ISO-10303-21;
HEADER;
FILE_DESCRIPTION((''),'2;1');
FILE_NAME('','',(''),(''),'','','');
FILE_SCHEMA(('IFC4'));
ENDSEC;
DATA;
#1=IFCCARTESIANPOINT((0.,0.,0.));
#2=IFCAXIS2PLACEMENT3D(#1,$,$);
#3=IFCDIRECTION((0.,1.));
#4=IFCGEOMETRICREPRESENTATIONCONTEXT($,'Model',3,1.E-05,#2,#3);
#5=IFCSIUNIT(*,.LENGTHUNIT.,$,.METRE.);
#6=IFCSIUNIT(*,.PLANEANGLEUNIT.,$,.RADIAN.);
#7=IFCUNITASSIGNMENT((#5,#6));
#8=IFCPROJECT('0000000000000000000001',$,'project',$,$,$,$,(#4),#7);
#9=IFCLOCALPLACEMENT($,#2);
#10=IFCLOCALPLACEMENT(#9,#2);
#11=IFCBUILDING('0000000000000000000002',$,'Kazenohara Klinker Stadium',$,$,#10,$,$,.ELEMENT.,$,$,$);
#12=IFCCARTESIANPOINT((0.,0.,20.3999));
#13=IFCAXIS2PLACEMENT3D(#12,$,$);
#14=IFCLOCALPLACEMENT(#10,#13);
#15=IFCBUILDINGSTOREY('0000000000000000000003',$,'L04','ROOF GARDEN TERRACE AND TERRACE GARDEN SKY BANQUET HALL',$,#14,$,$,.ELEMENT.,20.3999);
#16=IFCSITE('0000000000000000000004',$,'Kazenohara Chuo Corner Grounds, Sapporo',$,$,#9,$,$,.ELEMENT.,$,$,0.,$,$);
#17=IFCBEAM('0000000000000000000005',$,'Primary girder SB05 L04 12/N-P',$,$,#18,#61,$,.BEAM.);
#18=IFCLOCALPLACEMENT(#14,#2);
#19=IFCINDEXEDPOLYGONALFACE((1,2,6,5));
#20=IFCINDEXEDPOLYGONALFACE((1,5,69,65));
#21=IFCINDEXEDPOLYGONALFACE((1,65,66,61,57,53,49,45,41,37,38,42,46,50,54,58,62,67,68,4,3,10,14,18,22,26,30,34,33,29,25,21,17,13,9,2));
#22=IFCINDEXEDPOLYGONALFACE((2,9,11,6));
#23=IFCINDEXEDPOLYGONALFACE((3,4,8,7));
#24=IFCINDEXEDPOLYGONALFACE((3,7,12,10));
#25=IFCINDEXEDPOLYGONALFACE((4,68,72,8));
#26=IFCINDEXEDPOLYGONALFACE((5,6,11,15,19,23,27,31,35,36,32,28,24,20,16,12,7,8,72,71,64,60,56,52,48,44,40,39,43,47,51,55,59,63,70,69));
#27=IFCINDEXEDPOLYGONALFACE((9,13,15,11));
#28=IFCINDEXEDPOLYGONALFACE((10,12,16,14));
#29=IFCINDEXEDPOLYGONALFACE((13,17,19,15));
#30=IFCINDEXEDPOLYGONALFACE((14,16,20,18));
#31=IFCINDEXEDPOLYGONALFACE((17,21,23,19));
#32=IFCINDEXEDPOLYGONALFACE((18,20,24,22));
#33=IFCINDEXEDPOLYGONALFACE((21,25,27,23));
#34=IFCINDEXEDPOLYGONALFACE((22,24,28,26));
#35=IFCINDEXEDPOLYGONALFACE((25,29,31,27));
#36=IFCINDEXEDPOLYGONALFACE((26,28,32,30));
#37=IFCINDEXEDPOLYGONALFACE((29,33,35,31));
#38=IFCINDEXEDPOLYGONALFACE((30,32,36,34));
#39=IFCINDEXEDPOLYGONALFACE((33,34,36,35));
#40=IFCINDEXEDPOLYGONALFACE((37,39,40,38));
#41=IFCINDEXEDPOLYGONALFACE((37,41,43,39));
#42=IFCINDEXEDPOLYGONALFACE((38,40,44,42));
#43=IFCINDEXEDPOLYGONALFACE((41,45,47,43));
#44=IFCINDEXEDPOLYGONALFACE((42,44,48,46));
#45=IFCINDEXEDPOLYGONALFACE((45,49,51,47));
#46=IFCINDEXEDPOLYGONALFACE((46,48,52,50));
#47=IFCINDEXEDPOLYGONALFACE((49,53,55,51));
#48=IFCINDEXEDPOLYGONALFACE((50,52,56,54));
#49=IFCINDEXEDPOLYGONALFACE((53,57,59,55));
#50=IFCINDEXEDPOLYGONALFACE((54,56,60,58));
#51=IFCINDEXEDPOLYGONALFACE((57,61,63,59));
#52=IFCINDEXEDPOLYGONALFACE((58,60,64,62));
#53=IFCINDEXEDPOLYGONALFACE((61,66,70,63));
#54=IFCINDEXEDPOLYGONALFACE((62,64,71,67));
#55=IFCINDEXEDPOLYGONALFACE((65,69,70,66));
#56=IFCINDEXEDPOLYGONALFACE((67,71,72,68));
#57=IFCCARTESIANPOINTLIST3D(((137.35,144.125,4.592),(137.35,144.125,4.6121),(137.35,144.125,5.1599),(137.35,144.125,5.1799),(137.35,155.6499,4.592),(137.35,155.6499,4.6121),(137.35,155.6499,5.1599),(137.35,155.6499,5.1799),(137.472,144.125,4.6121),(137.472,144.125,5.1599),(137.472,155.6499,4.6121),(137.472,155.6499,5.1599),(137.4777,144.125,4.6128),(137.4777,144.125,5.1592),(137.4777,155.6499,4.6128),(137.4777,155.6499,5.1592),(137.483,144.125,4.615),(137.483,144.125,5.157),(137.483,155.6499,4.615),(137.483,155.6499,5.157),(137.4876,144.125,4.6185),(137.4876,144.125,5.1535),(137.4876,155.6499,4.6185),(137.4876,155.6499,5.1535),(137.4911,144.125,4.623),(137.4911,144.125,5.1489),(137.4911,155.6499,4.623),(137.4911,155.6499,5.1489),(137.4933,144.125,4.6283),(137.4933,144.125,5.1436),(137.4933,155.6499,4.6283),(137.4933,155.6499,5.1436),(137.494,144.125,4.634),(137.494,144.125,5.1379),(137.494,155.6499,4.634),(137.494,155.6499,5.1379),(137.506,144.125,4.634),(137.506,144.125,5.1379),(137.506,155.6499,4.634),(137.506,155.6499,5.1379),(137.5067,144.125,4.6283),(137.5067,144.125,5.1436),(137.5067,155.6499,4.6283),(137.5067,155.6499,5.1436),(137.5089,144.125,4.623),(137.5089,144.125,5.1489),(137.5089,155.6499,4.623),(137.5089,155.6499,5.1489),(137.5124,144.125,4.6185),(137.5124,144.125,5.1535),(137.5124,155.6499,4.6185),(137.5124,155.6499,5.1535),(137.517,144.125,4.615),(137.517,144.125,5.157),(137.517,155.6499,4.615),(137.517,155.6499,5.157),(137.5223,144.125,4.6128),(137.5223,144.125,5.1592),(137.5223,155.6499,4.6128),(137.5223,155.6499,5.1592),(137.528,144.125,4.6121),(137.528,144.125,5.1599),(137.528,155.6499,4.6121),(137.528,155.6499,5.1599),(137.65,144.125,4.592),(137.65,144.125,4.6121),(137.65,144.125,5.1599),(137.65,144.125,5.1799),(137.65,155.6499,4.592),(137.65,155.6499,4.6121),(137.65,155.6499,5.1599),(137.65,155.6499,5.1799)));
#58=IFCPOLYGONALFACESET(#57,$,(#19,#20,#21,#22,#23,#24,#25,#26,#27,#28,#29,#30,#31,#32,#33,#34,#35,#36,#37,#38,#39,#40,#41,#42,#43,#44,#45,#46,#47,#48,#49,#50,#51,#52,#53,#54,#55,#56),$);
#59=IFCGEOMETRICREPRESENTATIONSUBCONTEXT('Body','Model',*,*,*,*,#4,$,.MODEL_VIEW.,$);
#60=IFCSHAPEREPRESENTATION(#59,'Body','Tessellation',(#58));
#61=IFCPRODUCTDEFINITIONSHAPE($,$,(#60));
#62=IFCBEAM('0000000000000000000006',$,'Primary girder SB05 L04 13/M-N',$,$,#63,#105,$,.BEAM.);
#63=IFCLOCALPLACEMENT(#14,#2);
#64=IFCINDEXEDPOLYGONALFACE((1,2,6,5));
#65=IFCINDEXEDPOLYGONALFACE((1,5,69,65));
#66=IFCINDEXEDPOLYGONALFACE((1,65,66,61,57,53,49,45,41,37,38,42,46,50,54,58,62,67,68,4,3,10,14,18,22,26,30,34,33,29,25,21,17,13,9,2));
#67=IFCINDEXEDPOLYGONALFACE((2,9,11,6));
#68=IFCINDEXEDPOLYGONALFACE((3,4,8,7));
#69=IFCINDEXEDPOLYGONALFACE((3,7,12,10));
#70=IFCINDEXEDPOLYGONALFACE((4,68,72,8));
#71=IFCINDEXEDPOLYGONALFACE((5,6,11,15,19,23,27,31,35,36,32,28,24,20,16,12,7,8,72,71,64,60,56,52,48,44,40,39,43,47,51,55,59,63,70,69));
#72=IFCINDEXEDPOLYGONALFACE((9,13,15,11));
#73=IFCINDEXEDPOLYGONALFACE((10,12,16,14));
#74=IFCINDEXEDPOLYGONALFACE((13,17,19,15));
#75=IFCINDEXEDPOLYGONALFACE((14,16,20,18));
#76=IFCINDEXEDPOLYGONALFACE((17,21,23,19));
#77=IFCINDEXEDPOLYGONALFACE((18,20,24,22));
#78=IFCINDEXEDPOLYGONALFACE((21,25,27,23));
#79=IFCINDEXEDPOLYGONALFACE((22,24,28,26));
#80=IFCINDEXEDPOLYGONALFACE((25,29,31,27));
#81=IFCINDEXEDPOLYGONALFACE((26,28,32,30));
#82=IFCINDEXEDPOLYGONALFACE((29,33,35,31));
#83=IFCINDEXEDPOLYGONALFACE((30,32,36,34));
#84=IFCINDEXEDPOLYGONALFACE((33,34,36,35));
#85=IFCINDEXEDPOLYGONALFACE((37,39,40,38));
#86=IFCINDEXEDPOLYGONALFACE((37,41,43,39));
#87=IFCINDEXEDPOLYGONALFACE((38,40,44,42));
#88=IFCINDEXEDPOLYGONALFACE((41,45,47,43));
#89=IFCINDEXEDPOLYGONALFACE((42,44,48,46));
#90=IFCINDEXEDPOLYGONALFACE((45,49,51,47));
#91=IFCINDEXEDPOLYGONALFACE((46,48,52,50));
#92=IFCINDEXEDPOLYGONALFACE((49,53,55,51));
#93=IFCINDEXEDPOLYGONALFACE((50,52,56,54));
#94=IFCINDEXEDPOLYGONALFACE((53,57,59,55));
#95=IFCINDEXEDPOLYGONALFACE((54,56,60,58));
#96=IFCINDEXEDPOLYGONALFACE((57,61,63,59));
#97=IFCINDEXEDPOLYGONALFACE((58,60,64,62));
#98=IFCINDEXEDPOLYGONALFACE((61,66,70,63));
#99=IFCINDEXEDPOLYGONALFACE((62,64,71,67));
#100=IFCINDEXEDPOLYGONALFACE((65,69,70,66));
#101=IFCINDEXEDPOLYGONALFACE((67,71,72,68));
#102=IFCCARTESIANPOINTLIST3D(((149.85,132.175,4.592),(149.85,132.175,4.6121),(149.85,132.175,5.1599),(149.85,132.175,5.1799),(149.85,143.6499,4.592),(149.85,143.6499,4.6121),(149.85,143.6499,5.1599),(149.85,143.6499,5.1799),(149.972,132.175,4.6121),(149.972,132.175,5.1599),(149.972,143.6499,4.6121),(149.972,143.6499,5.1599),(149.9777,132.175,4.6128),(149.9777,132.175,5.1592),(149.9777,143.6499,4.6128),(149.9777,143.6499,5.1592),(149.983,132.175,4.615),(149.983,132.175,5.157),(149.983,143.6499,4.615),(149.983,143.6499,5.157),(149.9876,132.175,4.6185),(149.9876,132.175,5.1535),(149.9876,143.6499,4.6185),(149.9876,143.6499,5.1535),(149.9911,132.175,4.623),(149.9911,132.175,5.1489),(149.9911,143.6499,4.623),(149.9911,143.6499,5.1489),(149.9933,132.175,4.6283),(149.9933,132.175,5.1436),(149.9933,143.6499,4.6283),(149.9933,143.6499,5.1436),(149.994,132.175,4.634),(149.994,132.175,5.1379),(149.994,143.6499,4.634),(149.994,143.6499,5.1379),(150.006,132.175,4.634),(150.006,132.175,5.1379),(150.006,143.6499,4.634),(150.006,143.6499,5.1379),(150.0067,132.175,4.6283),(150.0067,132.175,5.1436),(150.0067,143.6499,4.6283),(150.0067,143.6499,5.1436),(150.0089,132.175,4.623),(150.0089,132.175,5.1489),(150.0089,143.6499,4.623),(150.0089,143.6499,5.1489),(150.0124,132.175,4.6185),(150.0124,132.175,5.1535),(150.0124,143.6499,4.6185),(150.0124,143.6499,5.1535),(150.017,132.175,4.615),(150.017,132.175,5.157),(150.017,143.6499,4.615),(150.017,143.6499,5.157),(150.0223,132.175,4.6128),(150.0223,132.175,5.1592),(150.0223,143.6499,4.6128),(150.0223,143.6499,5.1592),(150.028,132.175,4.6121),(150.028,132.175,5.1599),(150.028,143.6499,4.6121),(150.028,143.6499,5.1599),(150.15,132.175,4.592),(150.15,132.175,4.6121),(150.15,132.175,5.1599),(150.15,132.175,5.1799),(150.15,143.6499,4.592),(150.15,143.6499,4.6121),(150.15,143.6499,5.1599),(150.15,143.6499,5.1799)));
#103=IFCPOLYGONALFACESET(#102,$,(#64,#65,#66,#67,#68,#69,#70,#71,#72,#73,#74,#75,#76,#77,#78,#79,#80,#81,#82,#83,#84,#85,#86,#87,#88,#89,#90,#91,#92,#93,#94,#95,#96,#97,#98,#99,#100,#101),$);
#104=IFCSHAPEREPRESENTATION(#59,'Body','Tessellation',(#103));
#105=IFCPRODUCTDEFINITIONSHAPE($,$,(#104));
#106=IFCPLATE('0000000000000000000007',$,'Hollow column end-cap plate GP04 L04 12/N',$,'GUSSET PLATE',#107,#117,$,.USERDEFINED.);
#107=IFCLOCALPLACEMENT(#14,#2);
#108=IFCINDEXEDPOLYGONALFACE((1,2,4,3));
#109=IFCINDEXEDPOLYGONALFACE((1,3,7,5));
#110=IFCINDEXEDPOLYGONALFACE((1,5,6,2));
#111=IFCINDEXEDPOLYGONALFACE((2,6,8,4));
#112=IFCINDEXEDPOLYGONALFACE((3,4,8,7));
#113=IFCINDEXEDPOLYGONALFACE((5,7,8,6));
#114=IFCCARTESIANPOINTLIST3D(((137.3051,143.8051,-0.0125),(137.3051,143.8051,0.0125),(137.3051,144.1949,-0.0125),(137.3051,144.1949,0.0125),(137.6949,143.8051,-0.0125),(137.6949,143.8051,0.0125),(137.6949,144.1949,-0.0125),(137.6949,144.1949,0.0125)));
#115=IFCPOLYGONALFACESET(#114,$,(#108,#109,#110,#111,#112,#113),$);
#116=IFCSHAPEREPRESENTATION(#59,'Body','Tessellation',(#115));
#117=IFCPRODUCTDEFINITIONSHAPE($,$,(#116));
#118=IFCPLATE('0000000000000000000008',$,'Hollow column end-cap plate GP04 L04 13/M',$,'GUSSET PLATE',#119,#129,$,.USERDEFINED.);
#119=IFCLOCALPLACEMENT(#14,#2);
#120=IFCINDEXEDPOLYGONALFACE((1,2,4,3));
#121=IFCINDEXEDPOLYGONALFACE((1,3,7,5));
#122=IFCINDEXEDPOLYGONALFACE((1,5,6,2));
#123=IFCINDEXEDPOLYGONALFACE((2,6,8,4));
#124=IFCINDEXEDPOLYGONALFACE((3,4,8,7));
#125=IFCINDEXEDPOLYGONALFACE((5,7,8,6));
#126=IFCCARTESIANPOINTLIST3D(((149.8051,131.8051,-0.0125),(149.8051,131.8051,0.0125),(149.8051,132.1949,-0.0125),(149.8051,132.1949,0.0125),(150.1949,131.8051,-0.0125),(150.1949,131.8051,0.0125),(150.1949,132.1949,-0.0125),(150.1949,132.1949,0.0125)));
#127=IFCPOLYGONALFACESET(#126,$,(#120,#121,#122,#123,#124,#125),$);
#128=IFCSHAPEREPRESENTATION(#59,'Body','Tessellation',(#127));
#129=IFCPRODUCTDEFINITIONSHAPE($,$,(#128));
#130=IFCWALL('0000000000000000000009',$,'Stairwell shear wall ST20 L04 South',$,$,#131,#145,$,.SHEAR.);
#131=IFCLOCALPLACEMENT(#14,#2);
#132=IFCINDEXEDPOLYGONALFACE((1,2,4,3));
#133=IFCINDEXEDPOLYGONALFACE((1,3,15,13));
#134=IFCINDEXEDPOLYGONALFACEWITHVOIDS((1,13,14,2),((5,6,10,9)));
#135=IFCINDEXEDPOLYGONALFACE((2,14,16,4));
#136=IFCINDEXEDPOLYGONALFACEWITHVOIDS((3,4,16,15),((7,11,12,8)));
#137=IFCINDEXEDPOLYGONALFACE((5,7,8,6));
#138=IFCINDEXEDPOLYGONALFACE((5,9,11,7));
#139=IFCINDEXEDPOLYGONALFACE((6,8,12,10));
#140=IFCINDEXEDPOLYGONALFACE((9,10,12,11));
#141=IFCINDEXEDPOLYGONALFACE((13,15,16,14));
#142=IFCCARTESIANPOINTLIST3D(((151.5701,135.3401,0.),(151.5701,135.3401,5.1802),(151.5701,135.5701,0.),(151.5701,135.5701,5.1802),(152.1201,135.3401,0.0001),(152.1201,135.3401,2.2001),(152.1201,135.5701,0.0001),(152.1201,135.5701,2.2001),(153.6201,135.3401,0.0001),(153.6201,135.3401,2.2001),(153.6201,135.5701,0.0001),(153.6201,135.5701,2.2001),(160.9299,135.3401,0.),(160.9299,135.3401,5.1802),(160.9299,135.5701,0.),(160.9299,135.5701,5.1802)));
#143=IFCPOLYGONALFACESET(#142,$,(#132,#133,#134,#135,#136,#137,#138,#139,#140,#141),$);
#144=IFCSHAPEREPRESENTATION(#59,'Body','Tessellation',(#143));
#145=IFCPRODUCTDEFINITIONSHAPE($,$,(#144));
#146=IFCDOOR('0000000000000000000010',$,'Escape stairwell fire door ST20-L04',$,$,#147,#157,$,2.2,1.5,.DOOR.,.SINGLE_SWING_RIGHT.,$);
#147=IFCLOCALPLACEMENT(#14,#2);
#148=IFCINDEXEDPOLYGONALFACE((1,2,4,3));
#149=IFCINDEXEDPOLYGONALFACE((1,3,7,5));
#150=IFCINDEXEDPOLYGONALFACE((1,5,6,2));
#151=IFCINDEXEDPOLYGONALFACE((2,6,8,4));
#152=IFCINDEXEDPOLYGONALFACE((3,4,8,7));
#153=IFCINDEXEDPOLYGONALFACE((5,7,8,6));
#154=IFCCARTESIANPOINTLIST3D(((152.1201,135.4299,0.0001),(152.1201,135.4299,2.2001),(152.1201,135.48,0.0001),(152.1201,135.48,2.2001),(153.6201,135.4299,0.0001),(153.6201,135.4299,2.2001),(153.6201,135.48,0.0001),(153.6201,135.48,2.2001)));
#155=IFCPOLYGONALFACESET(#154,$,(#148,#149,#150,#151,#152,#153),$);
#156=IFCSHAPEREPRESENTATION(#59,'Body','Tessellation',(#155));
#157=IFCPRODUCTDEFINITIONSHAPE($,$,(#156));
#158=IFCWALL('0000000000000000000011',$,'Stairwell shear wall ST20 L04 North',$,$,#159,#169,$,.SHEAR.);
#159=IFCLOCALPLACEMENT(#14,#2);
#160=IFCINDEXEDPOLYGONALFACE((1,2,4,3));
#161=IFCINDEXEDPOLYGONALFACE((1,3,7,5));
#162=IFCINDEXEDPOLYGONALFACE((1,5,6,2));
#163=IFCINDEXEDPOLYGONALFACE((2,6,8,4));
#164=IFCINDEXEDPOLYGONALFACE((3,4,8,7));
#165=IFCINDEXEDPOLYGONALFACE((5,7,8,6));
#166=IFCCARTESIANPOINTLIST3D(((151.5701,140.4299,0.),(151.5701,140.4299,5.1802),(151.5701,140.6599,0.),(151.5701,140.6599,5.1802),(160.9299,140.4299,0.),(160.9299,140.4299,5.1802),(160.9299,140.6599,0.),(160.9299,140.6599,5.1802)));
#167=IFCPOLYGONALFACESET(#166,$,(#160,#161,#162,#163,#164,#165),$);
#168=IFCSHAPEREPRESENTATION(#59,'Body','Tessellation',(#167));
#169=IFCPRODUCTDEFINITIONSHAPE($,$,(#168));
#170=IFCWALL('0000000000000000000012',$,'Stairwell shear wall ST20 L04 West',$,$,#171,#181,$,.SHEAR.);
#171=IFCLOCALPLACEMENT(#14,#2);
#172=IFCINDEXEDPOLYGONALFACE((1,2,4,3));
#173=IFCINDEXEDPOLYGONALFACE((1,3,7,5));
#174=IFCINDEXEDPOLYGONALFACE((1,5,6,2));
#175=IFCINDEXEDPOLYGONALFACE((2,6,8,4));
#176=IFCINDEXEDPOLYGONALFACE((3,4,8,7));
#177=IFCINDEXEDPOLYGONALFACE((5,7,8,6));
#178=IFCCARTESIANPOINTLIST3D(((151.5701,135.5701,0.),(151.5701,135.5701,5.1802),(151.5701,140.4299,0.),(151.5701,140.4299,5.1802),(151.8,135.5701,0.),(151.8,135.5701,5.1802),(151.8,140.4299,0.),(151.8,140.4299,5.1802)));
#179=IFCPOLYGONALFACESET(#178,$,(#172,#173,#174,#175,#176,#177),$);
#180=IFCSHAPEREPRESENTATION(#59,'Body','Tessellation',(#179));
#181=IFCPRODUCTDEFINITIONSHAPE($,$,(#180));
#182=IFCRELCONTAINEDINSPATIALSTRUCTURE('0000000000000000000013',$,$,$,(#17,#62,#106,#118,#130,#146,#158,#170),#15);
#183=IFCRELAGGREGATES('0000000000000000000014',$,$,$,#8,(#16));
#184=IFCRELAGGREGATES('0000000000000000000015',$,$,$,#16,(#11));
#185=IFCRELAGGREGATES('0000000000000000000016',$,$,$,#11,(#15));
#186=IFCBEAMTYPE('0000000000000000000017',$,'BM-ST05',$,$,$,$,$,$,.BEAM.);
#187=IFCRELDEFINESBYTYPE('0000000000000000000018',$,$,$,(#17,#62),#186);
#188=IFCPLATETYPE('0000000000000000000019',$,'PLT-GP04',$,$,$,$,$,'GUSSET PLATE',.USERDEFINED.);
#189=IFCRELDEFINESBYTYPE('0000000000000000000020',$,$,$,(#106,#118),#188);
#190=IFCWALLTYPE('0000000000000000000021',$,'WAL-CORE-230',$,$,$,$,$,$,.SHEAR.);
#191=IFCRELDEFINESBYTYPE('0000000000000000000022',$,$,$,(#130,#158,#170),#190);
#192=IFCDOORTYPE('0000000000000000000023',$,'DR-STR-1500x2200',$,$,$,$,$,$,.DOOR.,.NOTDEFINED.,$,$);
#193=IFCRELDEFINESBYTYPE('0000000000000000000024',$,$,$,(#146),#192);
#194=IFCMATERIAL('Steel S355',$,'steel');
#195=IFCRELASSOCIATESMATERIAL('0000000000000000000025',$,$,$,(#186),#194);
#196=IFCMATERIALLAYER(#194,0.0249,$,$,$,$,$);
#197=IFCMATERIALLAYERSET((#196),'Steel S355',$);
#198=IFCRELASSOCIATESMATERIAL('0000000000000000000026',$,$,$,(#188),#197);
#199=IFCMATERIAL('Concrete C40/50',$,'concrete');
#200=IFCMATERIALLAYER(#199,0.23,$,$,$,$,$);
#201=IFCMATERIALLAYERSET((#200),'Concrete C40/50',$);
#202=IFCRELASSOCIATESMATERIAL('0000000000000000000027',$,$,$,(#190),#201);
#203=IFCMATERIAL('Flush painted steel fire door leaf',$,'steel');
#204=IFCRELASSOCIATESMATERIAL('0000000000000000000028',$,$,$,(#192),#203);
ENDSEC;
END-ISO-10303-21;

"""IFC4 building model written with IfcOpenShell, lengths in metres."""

from ifc_helpers import new_model, si_unit, direction, frame, frame_2d, origin, origin_2d, place, context, subcontext, project, spatial, rectangle, i_section, extrude, material, layer, layer_set, material_profile, profile_set, type_object, element, fill, save


model = new_model("IFC4")

# Units and contexts
model_context = context("Model", 3, precision=1e-05, world=origin(), true_north=direction((0.0, 1.0)))
body_context = subcontext(model_context, "Body", "Model", "MODEL_VIEW")
ifc_project = project(units=[si_unit("LENGTHUNIT", "METRE"), si_unit("PLANEANGLEUNIT", "RADIAN")], contexts=[model_context])

# Site, building, storey
site_placement = place(None, origin())
site = spatial("IfcSite", under=ifc_project, at=site_placement, Name="Kazenohara Chuo Corner Grounds, Sapporo", CompositionType="ELEMENT", RefElevation=0.0)
building_placement = place(site_placement, origin())
building = spatial("IfcBuilding", under=site, at=building_placement, Name="Kazenohara Klinker Stadium", CompositionType="ELEMENT")
storey_placement = place(building_placement, frame((0.0, 0.0, 20.3999)))
storey = spatial("IfcBuildingStorey", under=building, at=storey_placement, Name="L04", Description="ROOF GARDEN TERRACE AND TERRACE GARDEN SKY BANQUET HALL", CompositionType="ELEMENT", Elevation=20.3999)

# Shared definitions
ifc_material_1 = material(Name="Concrete C40/50", Category="concrete")
ifc_material_2 = material(Name="Steel S355", Category="steel")

# Beams
ifc_material_profile_1 = material_profile(ifc_material_2, i_section(OverallWidth=0.3, OverallDepth=0.5879, WebThickness=0.012, FlangeThickness=0.02, FilletRadius=0.022, at=origin_2d()), Name="H-588x300x12x20")
ifc_profile_set_1 = profile_set([ifc_material_profile_1], Name="Steel S355")
beam_type_1 = type_object("IfcBeamType", Name="BM-ST05", PredefinedType="BEAM", material=ifc_profile_set_1)
beam_1_placement = place(storey_placement, frame((137.5, 144.125, 4.886), z_axis=(0.0, 1.0, 0.0), x_axis=(-1.0, 0.0, 0.0)))
element("IfcBeam", 1, at=beam_1_placement, inside=storey, type_object=beam_type_1, Name="Primary girder SB05 L04 12/N-P", PredefinedType="BEAM", context=body_context, shape_type="SweptSolid", body=[
    extrude(i_section(OverallWidth=0.3, OverallDepth=0.5879, WebThickness=0.012, FlangeThickness=0.02, FilletRadius=0.022, at=origin_2d()), origin(), (0.0, 0.0, 1.0), 11.5249),
])
beam_2_placement = place(storey_placement, frame((150.0, 132.175, 4.886), z_axis=(0.0, 1.0, 0.0), x_axis=(-1.0, 0.0, 0.0)))
element("IfcBeam", 2, at=beam_2_placement, inside=storey, type_object=beam_type_1, Name="Primary girder SB05 L04 13/M-N", PredefinedType="BEAM", context=body_context, shape_type="SweptSolid", body=[
    extrude(i_section(OverallWidth=0.3, OverallDepth=0.5879, WebThickness=0.012, FlangeThickness=0.02, FilletRadius=0.022, at=origin_2d()), origin(), (0.0, 0.0, 1.0), 11.4749),
])

# Plates
ifc_layer_1 = layer(ifc_material_2, 0.0249)
ifc_layer_set_1 = layer_set([ifc_layer_1], Name="Steel S355")
plate_type = type_object("IfcPlateType", Name="PLT-GP04", ElementType="GUSSET PLATE", PredefinedType="USERDEFINED", material=ifc_layer_set_1)
for number, where, z_axis, x_axis, name in (
    (3, (137.5, 144.0, -0.0125), (0.0, 0.0, 1.0), (1.0, 0.0, 0.0), "Hollow column end-cap plate GP04 L04 12/N"),
    (4, (150.0, 132.0, -0.0125), (0.0, 0.0, 1.0), (1.0, 0.0, 0.0), "Hollow column end-cap plate GP04 L04 13/M"),
):
    element("IfcPlate", number, at=place(storey_placement, frame(where, z_axis=z_axis, x_axis=x_axis)), inside=storey, type_object=plate_type, Name=name, ObjectType="GUSSET PLATE", PredefinedType="USERDEFINED", context=body_context, shape_type="SweptSolid", body=[
        extrude(rectangle(XDim=0.3899, YDim=0.3899, at=origin_2d()), origin(), (0.0, 0.0, 1.0), 0.0249),
    ])

# Wall, opening, door
ifc_layer_2 = layer(ifc_material_1, 0.23)
ifc_layer_set_2 = layer_set([ifc_layer_2], Name="Concrete C40/50")
wall_type_1 = type_object("IfcWallType", Name="WAL-CORE-230", PredefinedType="SHEAR", material=ifc_layer_set_2)
wall_1_placement = place(storey_placement, frame((151.5701, 135.4551, 0.0), z_axis=(0.0, 0.0, 1.0), x_axis=(1.0, 0.0, 0.0)))
wall_1 = element("IfcWall", 5, at=wall_1_placement, inside=storey, type_object=wall_type_1, Name="Stairwell shear wall ST20 L04 South", PredefinedType="SHEAR", context=body_context, shape_type="SweptSolid", body=[
    extrude(rectangle(XDim=9.3599, YDim=0.23, at=frame_2d((4.6799, 0.0))), origin(), (0.0, 0.0, 1.0), 5.1802),
])
opening_1_placement = place(wall_1_placement, frame((0.55, 0.0, 0.0)))
opening_1 = element("IfcOpeningElement", 6, at=opening_1_placement, cuts=wall_1, PredefinedType="OPENING", context=body_context, shape_type="SweptSolid", body=[
    extrude(rectangle(XDim=1.5, YDim=2.2, at=frame_2d((0.75, 1.1001))), frame((0.0, 0.125, 0.0), z_axis=(0.0, -1.0, 0.0), x_axis=(1.0, 0.0, 0.0)), (0.0, 0.0, 1.0), 0.25),
])
ifc_material_3 = material(Name="Flush painted steel fire door leaf", Category="steel")
door_type_1 = type_object("IfcDoorType", Name="DR-STR-1500x2200", OperationType="NOTDEFINED", PredefinedType="DOOR", material=ifc_material_3)
door_1_placement = place(opening_1_placement, origin())
door_1 = element("IfcDoor", 7, at=door_1_placement, inside=storey, type_object=door_type_1, Name="Escape stairwell fire door ST20-L04", OperationType="SINGLE_SWING_RIGHT", OverallHeight=2.2, OverallWidth=1.5, PredefinedType="DOOR", context=body_context, shape_type="SweptSolid", body=[
    extrude(rectangle(XDim=1.5, YDim=2.2, at=frame_2d((0.75, 1.1001))), frame((0.0, 0.0249, 0.0), z_axis=(0.0, -1.0, 0.0), x_axis=(1.0, 0.0, 0.0)), (0.0, 0.0, 1.0), 0.05),
])
fill(opening_1, door_1)

# Walls
wall_2_placement = place(storey_placement, frame((151.5701, 140.5449, 0.0), z_axis=(0.0, 0.0, 1.0), x_axis=(1.0, 0.0, 0.0)))
element("IfcWall", 8, at=wall_2_placement, inside=storey, type_object=wall_type_1, Name="Stairwell shear wall ST20 L04 North", PredefinedType="SHEAR", context=body_context, shape_type="SweptSolid", body=[
    extrude(rectangle(XDim=9.3599, YDim=0.23, at=frame_2d((4.6799, 0.0))), origin(), (0.0, 0.0, 1.0), 5.1802),
])
wall_3_placement = place(storey_placement, frame((151.6851, 135.5701, 0.0), z_axis=(0.0, 0.0, 1.0), x_axis=(0.0, 1.0, 0.0)))
element("IfcWall", 9, at=wall_3_placement, inside=storey, type_object=wall_type_1, Name="Stairwell shear wall ST20 L04 West", PredefinedType="SHEAR", context=body_context, shape_type="SweptSolid", body=[
    extrude(rectangle(XDim=4.8599, YDim=0.23, at=frame_2d((2.4299, 0.0))), origin(), (0.0, 0.0, 1.0), 5.1802),
])

save(model, "model.ifc")
